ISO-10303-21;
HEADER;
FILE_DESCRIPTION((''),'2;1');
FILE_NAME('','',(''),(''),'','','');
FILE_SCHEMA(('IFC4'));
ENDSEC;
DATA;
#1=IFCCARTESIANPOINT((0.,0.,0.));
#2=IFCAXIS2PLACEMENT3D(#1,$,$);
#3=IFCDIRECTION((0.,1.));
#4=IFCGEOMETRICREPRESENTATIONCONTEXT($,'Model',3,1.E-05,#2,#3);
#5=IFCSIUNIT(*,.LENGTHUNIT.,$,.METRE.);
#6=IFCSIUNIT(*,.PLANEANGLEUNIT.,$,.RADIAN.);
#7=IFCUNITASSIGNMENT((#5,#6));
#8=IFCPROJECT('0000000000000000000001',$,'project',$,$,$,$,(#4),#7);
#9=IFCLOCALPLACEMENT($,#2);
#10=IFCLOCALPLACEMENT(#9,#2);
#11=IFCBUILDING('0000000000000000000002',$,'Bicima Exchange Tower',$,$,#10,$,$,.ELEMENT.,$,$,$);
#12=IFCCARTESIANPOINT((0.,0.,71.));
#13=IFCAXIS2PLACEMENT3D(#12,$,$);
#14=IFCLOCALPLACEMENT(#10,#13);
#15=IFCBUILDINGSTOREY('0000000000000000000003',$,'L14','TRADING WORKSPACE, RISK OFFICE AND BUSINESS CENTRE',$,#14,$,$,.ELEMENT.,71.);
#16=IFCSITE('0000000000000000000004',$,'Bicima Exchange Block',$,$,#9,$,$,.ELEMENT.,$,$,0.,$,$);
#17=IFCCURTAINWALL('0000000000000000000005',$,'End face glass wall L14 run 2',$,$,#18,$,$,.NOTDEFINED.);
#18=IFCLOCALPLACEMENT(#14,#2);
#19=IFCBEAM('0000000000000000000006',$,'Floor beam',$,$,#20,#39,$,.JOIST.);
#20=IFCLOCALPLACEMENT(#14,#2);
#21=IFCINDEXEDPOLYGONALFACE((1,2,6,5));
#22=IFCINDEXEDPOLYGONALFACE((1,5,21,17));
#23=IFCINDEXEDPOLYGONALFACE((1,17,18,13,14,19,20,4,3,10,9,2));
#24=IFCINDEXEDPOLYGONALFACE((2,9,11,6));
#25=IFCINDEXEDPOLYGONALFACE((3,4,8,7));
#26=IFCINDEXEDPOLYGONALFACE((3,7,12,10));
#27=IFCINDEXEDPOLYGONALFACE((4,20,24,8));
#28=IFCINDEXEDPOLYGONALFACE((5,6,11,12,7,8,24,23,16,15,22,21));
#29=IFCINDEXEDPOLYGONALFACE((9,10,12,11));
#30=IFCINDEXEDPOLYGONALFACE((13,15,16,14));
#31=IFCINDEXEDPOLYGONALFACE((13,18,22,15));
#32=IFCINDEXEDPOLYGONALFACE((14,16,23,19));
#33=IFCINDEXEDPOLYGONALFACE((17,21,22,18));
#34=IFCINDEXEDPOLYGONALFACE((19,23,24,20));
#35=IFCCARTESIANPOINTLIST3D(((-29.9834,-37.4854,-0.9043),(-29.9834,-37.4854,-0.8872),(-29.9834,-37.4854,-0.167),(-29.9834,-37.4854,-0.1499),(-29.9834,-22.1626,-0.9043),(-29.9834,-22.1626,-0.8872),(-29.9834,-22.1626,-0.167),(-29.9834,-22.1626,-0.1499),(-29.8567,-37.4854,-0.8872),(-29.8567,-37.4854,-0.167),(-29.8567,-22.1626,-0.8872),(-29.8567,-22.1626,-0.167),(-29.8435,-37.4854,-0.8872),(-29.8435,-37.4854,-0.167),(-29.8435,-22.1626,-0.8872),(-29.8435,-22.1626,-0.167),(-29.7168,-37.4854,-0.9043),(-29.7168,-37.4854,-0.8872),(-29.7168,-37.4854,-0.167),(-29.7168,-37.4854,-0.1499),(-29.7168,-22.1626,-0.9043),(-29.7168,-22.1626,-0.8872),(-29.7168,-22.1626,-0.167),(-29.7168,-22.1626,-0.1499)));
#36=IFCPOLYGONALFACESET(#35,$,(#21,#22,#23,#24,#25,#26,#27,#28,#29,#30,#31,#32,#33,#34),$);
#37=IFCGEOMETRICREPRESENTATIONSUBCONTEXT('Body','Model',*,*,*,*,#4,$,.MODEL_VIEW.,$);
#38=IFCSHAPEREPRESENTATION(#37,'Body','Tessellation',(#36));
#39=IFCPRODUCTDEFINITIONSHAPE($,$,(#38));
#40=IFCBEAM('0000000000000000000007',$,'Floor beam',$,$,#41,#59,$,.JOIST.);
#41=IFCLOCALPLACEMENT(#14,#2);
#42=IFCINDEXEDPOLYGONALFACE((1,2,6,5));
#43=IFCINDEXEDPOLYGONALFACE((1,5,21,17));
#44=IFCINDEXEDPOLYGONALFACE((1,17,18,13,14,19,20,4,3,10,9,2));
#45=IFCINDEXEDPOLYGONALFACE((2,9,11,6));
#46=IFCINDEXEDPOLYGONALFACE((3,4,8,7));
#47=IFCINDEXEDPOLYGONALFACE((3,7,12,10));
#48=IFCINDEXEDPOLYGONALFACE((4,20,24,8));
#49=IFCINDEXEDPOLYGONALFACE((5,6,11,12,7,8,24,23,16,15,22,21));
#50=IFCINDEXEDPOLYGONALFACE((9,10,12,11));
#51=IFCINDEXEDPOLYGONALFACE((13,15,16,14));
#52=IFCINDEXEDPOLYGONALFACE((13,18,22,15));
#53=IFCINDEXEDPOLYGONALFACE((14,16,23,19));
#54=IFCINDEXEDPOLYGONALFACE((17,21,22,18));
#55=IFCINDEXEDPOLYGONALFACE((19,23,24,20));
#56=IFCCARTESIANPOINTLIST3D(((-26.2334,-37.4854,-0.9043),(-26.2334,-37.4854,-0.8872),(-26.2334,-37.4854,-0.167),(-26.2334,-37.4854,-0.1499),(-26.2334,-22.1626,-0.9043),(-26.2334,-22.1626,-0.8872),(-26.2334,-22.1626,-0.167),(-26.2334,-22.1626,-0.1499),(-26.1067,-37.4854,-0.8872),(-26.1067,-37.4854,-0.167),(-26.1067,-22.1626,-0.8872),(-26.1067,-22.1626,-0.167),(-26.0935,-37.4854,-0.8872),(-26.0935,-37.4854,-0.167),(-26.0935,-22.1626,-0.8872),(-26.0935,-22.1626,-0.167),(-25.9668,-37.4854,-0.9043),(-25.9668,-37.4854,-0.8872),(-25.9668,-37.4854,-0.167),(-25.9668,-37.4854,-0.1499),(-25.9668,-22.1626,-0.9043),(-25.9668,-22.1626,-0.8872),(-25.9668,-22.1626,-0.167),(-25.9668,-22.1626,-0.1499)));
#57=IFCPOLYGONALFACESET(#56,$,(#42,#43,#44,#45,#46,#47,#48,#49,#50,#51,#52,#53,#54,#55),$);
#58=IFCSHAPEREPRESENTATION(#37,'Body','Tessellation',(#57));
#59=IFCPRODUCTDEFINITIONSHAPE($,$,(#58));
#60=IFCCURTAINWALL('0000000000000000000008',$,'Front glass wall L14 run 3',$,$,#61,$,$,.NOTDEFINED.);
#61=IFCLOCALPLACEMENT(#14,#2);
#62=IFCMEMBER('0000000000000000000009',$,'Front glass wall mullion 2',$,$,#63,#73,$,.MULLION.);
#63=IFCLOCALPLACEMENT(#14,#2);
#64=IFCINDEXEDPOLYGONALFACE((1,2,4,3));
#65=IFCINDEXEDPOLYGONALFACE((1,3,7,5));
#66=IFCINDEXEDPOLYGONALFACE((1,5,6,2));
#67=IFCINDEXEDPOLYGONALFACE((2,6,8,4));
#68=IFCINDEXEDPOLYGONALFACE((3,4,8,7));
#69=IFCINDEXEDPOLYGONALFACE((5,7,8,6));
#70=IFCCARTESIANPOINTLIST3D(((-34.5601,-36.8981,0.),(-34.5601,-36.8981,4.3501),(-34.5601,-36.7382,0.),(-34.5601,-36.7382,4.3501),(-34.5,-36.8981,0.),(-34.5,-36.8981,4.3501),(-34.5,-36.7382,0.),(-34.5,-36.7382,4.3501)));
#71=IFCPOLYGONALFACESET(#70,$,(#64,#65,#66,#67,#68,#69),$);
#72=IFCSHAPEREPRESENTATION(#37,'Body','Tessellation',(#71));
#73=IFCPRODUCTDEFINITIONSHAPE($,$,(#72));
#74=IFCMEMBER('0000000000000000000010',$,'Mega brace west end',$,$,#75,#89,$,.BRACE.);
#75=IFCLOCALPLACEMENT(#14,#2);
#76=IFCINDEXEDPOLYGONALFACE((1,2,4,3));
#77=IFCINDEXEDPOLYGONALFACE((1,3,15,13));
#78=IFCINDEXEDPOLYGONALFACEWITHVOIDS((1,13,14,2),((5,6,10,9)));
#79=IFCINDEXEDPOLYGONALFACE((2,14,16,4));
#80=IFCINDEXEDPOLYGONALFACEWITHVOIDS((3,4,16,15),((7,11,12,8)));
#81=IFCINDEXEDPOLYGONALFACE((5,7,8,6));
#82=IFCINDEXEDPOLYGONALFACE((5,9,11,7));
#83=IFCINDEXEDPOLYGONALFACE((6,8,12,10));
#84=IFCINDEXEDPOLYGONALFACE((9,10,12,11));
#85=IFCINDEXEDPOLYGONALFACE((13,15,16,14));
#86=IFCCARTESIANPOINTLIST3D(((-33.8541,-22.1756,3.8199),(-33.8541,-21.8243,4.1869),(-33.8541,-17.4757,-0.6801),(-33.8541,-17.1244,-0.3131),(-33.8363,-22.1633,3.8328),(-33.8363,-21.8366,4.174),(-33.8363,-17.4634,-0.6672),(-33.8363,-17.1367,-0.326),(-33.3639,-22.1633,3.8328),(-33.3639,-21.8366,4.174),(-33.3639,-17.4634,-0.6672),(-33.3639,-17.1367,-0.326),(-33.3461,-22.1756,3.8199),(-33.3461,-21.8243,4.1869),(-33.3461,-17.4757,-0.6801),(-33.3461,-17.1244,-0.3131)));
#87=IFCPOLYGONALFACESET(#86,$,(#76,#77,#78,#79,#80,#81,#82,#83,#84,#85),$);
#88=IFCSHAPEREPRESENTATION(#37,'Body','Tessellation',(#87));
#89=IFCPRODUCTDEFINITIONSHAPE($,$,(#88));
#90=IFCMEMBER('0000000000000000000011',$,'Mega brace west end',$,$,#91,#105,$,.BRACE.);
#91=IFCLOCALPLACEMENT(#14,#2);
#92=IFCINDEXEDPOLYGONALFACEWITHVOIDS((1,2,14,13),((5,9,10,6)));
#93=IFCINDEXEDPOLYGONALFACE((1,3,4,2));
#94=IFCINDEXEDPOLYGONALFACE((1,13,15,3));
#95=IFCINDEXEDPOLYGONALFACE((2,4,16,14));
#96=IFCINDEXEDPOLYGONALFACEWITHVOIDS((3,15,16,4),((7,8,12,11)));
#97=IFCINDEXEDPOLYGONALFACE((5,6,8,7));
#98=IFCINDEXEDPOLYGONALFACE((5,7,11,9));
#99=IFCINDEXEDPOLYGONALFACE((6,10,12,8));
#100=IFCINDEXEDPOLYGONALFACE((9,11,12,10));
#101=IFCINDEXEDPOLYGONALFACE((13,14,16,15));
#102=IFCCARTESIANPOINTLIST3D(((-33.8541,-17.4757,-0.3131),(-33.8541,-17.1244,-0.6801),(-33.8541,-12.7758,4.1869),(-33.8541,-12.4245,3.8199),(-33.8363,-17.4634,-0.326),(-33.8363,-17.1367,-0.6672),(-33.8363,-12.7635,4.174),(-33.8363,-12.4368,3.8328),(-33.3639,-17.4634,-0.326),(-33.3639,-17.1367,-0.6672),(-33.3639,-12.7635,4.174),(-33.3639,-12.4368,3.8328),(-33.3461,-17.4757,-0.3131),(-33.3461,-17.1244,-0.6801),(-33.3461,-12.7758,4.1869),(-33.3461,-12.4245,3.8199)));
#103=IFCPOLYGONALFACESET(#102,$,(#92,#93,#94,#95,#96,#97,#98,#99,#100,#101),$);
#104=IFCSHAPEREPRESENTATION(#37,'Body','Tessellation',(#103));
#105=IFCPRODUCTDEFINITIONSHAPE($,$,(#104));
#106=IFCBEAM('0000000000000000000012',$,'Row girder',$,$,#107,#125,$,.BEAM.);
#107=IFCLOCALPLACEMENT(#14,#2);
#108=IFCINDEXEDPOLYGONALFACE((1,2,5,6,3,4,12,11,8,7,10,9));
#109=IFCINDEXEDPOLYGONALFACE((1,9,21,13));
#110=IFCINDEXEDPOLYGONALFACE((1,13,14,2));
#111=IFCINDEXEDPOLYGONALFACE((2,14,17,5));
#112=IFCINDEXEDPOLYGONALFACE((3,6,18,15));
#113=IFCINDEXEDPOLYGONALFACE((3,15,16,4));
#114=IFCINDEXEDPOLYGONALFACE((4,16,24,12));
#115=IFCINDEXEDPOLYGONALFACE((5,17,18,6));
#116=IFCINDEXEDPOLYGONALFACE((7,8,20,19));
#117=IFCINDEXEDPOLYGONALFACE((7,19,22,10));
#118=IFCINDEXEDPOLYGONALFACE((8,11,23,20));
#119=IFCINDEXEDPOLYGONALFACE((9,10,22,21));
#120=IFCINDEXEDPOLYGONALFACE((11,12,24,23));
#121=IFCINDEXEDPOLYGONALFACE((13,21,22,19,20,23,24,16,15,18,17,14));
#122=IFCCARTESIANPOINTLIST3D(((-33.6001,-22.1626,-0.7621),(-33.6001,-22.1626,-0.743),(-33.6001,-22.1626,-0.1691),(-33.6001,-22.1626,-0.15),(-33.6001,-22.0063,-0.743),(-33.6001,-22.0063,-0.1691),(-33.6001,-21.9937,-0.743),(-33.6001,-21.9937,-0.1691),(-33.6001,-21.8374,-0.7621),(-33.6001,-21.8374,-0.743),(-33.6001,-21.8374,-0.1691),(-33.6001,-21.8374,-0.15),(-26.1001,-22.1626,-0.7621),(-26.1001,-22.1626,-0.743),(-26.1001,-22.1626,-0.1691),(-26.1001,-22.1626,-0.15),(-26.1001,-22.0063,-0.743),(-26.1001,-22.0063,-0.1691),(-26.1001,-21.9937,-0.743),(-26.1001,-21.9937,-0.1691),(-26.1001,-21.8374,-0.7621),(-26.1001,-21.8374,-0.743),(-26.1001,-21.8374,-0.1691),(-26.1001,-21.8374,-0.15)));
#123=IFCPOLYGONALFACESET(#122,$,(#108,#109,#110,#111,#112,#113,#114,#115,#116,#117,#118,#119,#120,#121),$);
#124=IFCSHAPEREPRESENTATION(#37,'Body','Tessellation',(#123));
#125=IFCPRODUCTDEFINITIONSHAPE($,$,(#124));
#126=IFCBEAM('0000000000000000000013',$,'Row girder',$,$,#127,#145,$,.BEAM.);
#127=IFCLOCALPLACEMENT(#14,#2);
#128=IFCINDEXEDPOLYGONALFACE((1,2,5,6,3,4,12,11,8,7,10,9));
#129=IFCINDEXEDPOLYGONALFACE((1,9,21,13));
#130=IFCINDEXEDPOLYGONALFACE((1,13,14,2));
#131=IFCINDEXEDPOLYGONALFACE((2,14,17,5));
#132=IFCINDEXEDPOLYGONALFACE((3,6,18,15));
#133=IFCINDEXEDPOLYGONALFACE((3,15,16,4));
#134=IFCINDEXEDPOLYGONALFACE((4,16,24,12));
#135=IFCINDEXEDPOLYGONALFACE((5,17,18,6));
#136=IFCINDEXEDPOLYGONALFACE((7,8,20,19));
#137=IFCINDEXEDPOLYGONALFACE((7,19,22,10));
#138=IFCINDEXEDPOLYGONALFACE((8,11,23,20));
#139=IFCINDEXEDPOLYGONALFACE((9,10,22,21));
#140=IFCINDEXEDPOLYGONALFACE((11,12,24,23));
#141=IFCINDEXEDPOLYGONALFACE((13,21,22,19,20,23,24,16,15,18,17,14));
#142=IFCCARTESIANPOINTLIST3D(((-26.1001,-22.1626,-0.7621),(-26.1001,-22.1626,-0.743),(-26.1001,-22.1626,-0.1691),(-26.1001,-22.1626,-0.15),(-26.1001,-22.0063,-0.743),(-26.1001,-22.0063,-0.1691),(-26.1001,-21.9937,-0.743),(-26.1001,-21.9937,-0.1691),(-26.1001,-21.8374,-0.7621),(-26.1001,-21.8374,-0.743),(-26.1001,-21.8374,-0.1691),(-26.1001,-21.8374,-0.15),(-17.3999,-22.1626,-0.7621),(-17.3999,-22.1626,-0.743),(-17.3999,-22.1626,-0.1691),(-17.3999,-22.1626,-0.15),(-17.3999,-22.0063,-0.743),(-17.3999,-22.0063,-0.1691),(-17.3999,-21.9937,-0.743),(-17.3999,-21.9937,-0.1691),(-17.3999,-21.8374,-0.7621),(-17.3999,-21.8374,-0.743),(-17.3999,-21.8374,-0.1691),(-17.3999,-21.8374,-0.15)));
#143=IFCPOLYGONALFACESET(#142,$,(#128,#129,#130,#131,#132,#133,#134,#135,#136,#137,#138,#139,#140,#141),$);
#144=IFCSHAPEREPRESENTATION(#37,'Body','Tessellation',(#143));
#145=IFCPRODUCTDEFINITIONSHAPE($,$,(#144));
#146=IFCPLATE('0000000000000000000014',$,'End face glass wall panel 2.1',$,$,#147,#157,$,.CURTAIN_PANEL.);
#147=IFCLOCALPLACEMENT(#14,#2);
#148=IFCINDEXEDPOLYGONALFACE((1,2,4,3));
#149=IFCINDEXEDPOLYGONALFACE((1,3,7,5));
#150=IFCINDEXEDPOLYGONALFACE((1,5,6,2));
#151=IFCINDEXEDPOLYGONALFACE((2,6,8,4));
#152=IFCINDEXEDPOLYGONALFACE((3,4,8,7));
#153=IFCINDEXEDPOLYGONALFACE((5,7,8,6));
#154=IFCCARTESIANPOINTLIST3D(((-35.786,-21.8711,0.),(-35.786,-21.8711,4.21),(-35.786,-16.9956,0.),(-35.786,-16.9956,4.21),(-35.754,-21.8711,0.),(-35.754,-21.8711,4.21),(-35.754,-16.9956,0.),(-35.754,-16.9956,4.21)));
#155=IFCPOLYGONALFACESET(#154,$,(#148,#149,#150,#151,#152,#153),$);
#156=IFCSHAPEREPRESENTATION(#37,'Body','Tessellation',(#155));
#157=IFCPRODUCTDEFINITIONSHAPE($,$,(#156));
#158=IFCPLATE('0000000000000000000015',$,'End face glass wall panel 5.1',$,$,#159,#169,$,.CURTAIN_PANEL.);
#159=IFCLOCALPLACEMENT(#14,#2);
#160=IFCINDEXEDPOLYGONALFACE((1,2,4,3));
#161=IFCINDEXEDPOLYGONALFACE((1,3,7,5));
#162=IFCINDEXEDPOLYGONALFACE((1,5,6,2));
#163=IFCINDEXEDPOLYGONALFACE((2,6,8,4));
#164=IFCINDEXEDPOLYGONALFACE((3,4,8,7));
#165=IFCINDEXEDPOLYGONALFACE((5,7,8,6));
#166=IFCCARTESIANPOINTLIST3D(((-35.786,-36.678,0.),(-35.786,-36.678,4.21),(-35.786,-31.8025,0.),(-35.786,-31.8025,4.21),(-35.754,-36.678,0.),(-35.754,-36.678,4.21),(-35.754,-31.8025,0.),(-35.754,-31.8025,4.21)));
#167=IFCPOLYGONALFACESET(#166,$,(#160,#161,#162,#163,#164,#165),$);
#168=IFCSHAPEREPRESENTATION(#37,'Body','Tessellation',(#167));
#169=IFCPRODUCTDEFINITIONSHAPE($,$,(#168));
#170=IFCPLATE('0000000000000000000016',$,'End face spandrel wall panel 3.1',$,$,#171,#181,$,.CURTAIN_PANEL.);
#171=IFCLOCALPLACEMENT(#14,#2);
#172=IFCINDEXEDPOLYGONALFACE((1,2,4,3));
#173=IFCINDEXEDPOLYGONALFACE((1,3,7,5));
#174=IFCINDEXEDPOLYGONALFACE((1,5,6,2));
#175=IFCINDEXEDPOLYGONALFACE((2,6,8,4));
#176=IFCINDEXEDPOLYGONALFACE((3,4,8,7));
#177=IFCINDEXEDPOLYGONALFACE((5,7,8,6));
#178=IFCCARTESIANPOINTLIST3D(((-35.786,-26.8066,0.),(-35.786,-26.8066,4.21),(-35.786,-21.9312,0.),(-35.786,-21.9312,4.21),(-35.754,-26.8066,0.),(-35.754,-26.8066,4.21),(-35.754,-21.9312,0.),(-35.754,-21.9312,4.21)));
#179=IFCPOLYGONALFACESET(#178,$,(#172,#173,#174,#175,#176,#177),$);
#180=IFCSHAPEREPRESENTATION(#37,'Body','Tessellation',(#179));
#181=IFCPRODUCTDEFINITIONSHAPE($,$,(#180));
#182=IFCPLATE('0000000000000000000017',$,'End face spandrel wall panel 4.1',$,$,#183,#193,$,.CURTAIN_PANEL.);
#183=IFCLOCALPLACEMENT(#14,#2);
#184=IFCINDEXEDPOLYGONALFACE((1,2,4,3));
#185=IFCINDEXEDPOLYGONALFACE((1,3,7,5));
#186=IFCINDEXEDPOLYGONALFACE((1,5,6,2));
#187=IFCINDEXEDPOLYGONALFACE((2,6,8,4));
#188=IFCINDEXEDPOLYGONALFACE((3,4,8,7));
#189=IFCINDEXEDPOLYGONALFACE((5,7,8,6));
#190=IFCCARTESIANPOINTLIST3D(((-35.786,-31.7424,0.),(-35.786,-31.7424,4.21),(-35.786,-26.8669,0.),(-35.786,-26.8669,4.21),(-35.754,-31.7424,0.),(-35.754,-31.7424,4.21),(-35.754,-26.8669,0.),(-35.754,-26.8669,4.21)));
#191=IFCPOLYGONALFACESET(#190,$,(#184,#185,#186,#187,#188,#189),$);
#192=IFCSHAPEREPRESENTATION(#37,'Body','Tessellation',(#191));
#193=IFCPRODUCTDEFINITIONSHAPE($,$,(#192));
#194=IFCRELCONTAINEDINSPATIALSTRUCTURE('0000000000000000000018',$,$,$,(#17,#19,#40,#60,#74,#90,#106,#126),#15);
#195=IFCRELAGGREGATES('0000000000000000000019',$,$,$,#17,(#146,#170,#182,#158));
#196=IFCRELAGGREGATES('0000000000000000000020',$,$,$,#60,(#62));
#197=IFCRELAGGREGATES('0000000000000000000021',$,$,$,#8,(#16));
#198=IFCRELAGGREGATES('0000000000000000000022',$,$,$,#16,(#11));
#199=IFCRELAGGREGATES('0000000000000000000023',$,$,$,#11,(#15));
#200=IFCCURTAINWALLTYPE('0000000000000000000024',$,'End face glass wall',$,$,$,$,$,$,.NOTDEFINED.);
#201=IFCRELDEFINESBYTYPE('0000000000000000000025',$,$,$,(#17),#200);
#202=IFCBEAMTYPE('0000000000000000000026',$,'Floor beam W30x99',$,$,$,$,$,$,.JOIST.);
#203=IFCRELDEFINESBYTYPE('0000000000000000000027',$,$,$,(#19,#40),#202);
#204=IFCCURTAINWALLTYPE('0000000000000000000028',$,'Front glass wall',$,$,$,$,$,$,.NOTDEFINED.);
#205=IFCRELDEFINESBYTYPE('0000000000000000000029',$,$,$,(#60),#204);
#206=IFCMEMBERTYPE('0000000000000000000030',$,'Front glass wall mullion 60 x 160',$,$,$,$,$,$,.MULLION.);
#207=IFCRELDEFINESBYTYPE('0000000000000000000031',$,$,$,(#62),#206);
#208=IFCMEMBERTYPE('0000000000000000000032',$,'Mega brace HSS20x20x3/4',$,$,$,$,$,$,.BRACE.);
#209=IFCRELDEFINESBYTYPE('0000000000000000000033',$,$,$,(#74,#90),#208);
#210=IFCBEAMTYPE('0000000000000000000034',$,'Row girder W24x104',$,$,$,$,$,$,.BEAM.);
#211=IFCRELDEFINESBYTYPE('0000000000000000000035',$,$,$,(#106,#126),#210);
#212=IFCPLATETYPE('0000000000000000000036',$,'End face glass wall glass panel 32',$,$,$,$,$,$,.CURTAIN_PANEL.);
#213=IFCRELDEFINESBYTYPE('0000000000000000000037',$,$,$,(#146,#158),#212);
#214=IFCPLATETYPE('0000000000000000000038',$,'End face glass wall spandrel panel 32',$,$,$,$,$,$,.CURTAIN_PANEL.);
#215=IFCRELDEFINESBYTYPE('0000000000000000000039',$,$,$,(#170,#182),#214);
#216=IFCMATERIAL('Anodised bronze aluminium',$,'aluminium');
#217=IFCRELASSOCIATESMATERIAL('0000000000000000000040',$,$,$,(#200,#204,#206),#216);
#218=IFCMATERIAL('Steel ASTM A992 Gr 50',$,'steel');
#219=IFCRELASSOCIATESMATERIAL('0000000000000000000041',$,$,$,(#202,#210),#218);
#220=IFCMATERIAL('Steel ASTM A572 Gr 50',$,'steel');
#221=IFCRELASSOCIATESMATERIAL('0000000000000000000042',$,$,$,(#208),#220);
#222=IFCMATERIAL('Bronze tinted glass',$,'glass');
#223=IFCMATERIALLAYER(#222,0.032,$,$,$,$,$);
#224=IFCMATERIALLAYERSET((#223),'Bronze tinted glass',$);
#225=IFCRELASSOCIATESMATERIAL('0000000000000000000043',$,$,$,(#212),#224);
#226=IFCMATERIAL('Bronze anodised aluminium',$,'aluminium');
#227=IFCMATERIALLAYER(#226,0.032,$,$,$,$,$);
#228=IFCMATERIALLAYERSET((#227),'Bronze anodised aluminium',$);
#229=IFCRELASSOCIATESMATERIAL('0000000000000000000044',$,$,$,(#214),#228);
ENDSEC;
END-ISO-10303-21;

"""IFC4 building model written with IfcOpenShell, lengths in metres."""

from ifc_helpers import new_model, si_unit, direction, frame, origin, origin_2d, place, context, subcontext, project, spatial, rectangle, hollow_rectangle, i_section, extrude, material, layer, layer_set, material_profile, profile_set, type_object, element, aggregate, save


model = new_model("IFC4")

# Units and contexts
model_context = context("Model", 3, precision=1e-05, world=origin(), true_north=direction((0.0, 1.0)))
body_context = subcontext(model_context, "Body", "Model", "MODEL_VIEW")
ifc_project = project(units=[si_unit("LENGTHUNIT", "METRE"), si_unit("PLANEANGLEUNIT", "RADIAN")], contexts=[model_context])

# Site, building, storey
site_placement = place(None, origin())
site = spatial("IfcSite", under=ifc_project, at=site_placement, Name="Bicima Exchange Block", CompositionType="ELEMENT", RefElevation=0.0)
building_placement = place(site_placement, origin())
building = spatial("IfcBuilding", under=site, at=building_placement, Name="Bicima Exchange Tower", CompositionType="ELEMENT")
storey_placement = place(building_placement, frame((0.0, 0.0, 71.0)))
storey = spatial("IfcBuildingStorey", under=building, at=storey_placement, Name="L14", Description="TRADING WORKSPACE, RISK OFFICE AND BUSINESS CENTRE", CompositionType="ELEMENT", Elevation=71.0)

# Shared definitions
ifc_material_1 = material(Name="Steel ASTM A992 Gr 50", Category="steel")

# Curtain wall
ifc_material_2 = material(Name="Anodised bronze aluminium", Category="aluminium")
curtain_wall_type_1 = type_object("IfcCurtainWallType", Name="End face glass wall", PredefinedType="NOTDEFINED", material=ifc_material_2)
curtain_wall_1_placement = place(storey_placement, origin())
curtain_wall_1 = element("IfcCurtainWall", 1, at=curtain_wall_1_placement, inside=storey, type_object=curtain_wall_type_1, Name="End face glass wall L14 run 2", PredefinedType="NOTDEFINED")
ifc_material_profile_1 = material_profile(ifc_material_2, rectangle(XDim=0.1599, YDim=0.0601, at=origin_2d()))
ifc_profile_set_1 = profile_set([ifc_material_profile_1], Name="Anodised bronze aluminium")

# Beams
ifc_material_profile_2 = material_profile(ifc_material_1, i_section(OverallWidth=0.2666, OverallDepth=0.7544, WebThickness=0.0132, FlangeThickness=0.0171, at=origin_2d()))
ifc_profile_set_2 = profile_set([ifc_material_profile_2], Name="Steel ASTM A992 Gr 50")
beam_type_1 = type_object("IfcBeamType", Name="Floor beam W30x99", PredefinedType="JOIST", material=ifc_profile_set_2)
for number, where, z_axis, x_axis, name in (
    (2, (-29.8501, -22.1626, -0.5271), (0.0, -1.0, 0.0), (1.0, 0.0, 0.0), "Floor beam"),
    (3, (-26.1001, -22.1626, -0.5271), (0.0, -1.0, 0.0), (1.0, 0.0, 0.0), "Floor beam"),
):
    element("IfcBeam", number, at=place(storey_placement, frame(where, z_axis=z_axis, x_axis=x_axis)), inside=storey, type_object=beam_type_1, Name=name, PredefinedType="JOIST", context=body_context, shape_type="SweptSolid", body=[
        extrude(i_section(OverallWidth=0.2666, OverallDepth=0.7544, WebThickness=0.0132, FlangeThickness=0.0171, at=origin_2d()), origin(), (0.0, 0.0, 1.0), 15.3228),
    ])

# Curtain wall, member
curtain_wall_type_2 = type_object("IfcCurtainWallType", Name="Front glass wall", PredefinedType="NOTDEFINED", material=ifc_material_2)
curtain_wall_2_placement = place(storey_placement, origin())
curtain_wall_2 = element("IfcCurtainWall", 4, at=curtain_wall_2_placement, inside=storey, type_object=curtain_wall_type_2, Name="Front glass wall L14 run 3", PredefinedType="NOTDEFINED")
member_type_1 = type_object("IfcMemberType", Name="Front glass wall mullion 60 x 160", PredefinedType="MULLION", material=ifc_profile_set_1)
member_1_placement = place(storey_placement, frame((-34.53, -36.8181, 0.0), z_axis=(0.0, 0.0, 1.0), x_axis=(0.0, 1.0, 0.0)))
member_1 = element("IfcMember", 5, at=member_1_placement, type_object=member_type_1, Name="Front glass wall mullion 2", PredefinedType="MULLION", context=body_context, shape_type="SweptSolid", body=[
    extrude(rectangle(XDim=0.1599, YDim=0.0601, at=origin_2d()), origin(), (0.0, 0.0, 1.0), 4.3501),
])

# Members
ifc_material_3 = material(Name="Steel ASTM A572 Gr 50", Category="steel")
ifc_material_profile_3 = material_profile(ifc_material_3, hollow_rectangle(XDim=0.5081, YDim=0.5081, WallThickness=0.0178, at=origin_2d()))
ifc_profile_set_3 = profile_set([ifc_material_profile_3], Name="Steel ASTM A572 Gr 50")
member_type_2 = type_object("IfcMemberType", Name="Mega brace HSS20x20x3/4", PredefinedType="BRACE", material=ifc_profile_set_3)
for number, where, z_axis, x_axis, name in (
    (6, (-33.6001, -17.3, -0.4966), (0.0, -0.722304, 0.691575), (1.0, 0.0, 0.0), "Mega brace west end"),
    (7, (-33.6001, -17.3, -0.4966), (0.0, 0.722304, 0.691575), (-1.0, 0.0, 0.0), "Mega brace west end"),
):
    element("IfcMember", number, at=place(storey_placement, frame(where, z_axis=z_axis, x_axis=x_axis)), inside=storey, type_object=member_type_2, Name=name, PredefinedType="BRACE", context=body_context, shape_type="SweptSolid", body=[
        extrude(hollow_rectangle(XDim=0.5081, YDim=0.5081, WallThickness=0.0178, at=origin_2d()), origin(), (0.0, 0.0, 1.0), 6.5068),
    ])

# Beams
ifc_material_profile_4 = material_profile(ifc_material_1, i_section(OverallWidth=0.3252, OverallDepth=0.6121, WebThickness=0.0127, FlangeThickness=0.019, at=origin_2d()))
ifc_profile_set_4 = profile_set([ifc_material_profile_4], Name="Steel ASTM A992 Gr 50")
beam_type_2 = type_object("IfcBeamType", Name="Row girder W24x104", PredefinedType="BEAM", material=ifc_profile_set_4)
beam_1_placement = place(storey_placement, frame((-33.6001, -22.0, -0.4561), z_axis=(1.0, 0.0, 0.0), x_axis=(0.0, 1.0, 0.0)))
element("IfcBeam", 8, at=beam_1_placement, inside=storey, type_object=beam_type_2, Name="Row girder", PredefinedType="BEAM", context=body_context, shape_type="SweptSolid", body=[
    extrude(i_section(OverallWidth=0.3252, OverallDepth=0.6121, WebThickness=0.0127, FlangeThickness=0.019, at=origin_2d()), origin(), (0.0, 0.0, 1.0), 7.5),
])
beam_2_placement = place(storey_placement, frame((-26.1001, -22.0, -0.4561), z_axis=(1.0, 0.0, 0.0), x_axis=(0.0, 1.0, 0.0)))
element("IfcBeam", 9, at=beam_2_placement, inside=storey, type_object=beam_type_2, Name="Row girder", PredefinedType="BEAM", context=body_context, shape_type="SweptSolid", body=[
    extrude(i_section(OverallWidth=0.3252, OverallDepth=0.6121, WebThickness=0.0127, FlangeThickness=0.019, at=origin_2d()), origin(), (0.0, 0.0, 1.0), 8.7002),
])

# Plates
ifc_material_4 = material(Name="Bronze tinted glass", Category="glass")
ifc_layer_1 = layer(ifc_material_4, 0.032)
ifc_layer_set_1 = layer_set([ifc_layer_1], Name="Bronze tinted glass")
plate_type_1 = type_object("IfcPlateType", Name="End face glass wall glass panel 32", PredefinedType="CURTAIN_PANEL", material=ifc_layer_set_1)
plate_1_placement = place(storey_placement, frame((-35.77, -19.4333, 0.0), z_axis=(0.0, 0.0, 1.0), x_axis=(0.0, -1.0, 0.0)))
plate_1 = element("IfcPlate", 10, at=plate_1_placement, type_object=plate_type_1, Name="End face glass wall panel 2.1", PredefinedType="CURTAIN_PANEL", context=body_context, shape_type="SweptSolid", body=[
    extrude(rectangle(XDim=4.8755, YDim=0.032, at=origin_2d()), origin(), (0.0, 0.0, 1.0), 4.21),
])
plate_2_placement = place(storey_placement, frame((-35.77, -34.2402, 0.0), z_axis=(0.0, 0.0, 1.0), x_axis=(0.0, -1.0, 0.0)))
plate_2 = element("IfcPlate", 11, at=plate_2_placement, type_object=plate_type_1, Name="End face glass wall panel 5.1", PredefinedType="CURTAIN_PANEL", context=body_context, shape_type="SweptSolid", body=[
    extrude(rectangle(XDim=4.8755, YDim=0.032, at=origin_2d()), origin(), (0.0, 0.0, 1.0), 4.21),
])
ifc_material_5 = material(Name="Bronze anodised aluminium", Category="aluminium")
ifc_layer_2 = layer(ifc_material_5, 0.032)
ifc_layer_set_2 = layer_set([ifc_layer_2], Name="Bronze anodised aluminium")
plate_type_2 = type_object("IfcPlateType", Name="End face glass wall spandrel panel 32", PredefinedType="CURTAIN_PANEL", material=ifc_layer_set_2)
plate_3_placement = place(storey_placement, frame((-35.77, -24.3689, 0.0), z_axis=(0.0, 0.0, 1.0), x_axis=(0.0, -1.0, 0.0)))
plate_3 = element("IfcPlate", 12, at=plate_3_placement, type_object=plate_type_2, Name="End face spandrel wall panel 3.1", PredefinedType="CURTAIN_PANEL", context=body_context, shape_type="SweptSolid", body=[
    extrude(rectangle(XDim=4.8755, YDim=0.032, at=origin_2d()), origin(), (0.0, 0.0, 1.0), 4.21),
])
plate_4_placement = place(storey_placement, frame((-35.77, -29.3047, 0.0), z_axis=(0.0, 0.0, 1.0), x_axis=(0.0, -1.0, 0.0)))
plate_4 = element("IfcPlate", 13, at=plate_4_placement, type_object=plate_type_2, Name="End face spandrel wall panel 4.1", PredefinedType="CURTAIN_PANEL", context=body_context, shape_type="SweptSolid", body=[
    extrude(rectangle(XDim=4.8755, YDim=0.032, at=origin_2d()), origin(), (0.0, 0.0, 1.0), 4.21),
])
aggregate(curtain_wall_1, [plate_1, plate_3, plate_4, plate_2])
aggregate(curtain_wall_2, [member_1])

save(model, "model.ifc")
